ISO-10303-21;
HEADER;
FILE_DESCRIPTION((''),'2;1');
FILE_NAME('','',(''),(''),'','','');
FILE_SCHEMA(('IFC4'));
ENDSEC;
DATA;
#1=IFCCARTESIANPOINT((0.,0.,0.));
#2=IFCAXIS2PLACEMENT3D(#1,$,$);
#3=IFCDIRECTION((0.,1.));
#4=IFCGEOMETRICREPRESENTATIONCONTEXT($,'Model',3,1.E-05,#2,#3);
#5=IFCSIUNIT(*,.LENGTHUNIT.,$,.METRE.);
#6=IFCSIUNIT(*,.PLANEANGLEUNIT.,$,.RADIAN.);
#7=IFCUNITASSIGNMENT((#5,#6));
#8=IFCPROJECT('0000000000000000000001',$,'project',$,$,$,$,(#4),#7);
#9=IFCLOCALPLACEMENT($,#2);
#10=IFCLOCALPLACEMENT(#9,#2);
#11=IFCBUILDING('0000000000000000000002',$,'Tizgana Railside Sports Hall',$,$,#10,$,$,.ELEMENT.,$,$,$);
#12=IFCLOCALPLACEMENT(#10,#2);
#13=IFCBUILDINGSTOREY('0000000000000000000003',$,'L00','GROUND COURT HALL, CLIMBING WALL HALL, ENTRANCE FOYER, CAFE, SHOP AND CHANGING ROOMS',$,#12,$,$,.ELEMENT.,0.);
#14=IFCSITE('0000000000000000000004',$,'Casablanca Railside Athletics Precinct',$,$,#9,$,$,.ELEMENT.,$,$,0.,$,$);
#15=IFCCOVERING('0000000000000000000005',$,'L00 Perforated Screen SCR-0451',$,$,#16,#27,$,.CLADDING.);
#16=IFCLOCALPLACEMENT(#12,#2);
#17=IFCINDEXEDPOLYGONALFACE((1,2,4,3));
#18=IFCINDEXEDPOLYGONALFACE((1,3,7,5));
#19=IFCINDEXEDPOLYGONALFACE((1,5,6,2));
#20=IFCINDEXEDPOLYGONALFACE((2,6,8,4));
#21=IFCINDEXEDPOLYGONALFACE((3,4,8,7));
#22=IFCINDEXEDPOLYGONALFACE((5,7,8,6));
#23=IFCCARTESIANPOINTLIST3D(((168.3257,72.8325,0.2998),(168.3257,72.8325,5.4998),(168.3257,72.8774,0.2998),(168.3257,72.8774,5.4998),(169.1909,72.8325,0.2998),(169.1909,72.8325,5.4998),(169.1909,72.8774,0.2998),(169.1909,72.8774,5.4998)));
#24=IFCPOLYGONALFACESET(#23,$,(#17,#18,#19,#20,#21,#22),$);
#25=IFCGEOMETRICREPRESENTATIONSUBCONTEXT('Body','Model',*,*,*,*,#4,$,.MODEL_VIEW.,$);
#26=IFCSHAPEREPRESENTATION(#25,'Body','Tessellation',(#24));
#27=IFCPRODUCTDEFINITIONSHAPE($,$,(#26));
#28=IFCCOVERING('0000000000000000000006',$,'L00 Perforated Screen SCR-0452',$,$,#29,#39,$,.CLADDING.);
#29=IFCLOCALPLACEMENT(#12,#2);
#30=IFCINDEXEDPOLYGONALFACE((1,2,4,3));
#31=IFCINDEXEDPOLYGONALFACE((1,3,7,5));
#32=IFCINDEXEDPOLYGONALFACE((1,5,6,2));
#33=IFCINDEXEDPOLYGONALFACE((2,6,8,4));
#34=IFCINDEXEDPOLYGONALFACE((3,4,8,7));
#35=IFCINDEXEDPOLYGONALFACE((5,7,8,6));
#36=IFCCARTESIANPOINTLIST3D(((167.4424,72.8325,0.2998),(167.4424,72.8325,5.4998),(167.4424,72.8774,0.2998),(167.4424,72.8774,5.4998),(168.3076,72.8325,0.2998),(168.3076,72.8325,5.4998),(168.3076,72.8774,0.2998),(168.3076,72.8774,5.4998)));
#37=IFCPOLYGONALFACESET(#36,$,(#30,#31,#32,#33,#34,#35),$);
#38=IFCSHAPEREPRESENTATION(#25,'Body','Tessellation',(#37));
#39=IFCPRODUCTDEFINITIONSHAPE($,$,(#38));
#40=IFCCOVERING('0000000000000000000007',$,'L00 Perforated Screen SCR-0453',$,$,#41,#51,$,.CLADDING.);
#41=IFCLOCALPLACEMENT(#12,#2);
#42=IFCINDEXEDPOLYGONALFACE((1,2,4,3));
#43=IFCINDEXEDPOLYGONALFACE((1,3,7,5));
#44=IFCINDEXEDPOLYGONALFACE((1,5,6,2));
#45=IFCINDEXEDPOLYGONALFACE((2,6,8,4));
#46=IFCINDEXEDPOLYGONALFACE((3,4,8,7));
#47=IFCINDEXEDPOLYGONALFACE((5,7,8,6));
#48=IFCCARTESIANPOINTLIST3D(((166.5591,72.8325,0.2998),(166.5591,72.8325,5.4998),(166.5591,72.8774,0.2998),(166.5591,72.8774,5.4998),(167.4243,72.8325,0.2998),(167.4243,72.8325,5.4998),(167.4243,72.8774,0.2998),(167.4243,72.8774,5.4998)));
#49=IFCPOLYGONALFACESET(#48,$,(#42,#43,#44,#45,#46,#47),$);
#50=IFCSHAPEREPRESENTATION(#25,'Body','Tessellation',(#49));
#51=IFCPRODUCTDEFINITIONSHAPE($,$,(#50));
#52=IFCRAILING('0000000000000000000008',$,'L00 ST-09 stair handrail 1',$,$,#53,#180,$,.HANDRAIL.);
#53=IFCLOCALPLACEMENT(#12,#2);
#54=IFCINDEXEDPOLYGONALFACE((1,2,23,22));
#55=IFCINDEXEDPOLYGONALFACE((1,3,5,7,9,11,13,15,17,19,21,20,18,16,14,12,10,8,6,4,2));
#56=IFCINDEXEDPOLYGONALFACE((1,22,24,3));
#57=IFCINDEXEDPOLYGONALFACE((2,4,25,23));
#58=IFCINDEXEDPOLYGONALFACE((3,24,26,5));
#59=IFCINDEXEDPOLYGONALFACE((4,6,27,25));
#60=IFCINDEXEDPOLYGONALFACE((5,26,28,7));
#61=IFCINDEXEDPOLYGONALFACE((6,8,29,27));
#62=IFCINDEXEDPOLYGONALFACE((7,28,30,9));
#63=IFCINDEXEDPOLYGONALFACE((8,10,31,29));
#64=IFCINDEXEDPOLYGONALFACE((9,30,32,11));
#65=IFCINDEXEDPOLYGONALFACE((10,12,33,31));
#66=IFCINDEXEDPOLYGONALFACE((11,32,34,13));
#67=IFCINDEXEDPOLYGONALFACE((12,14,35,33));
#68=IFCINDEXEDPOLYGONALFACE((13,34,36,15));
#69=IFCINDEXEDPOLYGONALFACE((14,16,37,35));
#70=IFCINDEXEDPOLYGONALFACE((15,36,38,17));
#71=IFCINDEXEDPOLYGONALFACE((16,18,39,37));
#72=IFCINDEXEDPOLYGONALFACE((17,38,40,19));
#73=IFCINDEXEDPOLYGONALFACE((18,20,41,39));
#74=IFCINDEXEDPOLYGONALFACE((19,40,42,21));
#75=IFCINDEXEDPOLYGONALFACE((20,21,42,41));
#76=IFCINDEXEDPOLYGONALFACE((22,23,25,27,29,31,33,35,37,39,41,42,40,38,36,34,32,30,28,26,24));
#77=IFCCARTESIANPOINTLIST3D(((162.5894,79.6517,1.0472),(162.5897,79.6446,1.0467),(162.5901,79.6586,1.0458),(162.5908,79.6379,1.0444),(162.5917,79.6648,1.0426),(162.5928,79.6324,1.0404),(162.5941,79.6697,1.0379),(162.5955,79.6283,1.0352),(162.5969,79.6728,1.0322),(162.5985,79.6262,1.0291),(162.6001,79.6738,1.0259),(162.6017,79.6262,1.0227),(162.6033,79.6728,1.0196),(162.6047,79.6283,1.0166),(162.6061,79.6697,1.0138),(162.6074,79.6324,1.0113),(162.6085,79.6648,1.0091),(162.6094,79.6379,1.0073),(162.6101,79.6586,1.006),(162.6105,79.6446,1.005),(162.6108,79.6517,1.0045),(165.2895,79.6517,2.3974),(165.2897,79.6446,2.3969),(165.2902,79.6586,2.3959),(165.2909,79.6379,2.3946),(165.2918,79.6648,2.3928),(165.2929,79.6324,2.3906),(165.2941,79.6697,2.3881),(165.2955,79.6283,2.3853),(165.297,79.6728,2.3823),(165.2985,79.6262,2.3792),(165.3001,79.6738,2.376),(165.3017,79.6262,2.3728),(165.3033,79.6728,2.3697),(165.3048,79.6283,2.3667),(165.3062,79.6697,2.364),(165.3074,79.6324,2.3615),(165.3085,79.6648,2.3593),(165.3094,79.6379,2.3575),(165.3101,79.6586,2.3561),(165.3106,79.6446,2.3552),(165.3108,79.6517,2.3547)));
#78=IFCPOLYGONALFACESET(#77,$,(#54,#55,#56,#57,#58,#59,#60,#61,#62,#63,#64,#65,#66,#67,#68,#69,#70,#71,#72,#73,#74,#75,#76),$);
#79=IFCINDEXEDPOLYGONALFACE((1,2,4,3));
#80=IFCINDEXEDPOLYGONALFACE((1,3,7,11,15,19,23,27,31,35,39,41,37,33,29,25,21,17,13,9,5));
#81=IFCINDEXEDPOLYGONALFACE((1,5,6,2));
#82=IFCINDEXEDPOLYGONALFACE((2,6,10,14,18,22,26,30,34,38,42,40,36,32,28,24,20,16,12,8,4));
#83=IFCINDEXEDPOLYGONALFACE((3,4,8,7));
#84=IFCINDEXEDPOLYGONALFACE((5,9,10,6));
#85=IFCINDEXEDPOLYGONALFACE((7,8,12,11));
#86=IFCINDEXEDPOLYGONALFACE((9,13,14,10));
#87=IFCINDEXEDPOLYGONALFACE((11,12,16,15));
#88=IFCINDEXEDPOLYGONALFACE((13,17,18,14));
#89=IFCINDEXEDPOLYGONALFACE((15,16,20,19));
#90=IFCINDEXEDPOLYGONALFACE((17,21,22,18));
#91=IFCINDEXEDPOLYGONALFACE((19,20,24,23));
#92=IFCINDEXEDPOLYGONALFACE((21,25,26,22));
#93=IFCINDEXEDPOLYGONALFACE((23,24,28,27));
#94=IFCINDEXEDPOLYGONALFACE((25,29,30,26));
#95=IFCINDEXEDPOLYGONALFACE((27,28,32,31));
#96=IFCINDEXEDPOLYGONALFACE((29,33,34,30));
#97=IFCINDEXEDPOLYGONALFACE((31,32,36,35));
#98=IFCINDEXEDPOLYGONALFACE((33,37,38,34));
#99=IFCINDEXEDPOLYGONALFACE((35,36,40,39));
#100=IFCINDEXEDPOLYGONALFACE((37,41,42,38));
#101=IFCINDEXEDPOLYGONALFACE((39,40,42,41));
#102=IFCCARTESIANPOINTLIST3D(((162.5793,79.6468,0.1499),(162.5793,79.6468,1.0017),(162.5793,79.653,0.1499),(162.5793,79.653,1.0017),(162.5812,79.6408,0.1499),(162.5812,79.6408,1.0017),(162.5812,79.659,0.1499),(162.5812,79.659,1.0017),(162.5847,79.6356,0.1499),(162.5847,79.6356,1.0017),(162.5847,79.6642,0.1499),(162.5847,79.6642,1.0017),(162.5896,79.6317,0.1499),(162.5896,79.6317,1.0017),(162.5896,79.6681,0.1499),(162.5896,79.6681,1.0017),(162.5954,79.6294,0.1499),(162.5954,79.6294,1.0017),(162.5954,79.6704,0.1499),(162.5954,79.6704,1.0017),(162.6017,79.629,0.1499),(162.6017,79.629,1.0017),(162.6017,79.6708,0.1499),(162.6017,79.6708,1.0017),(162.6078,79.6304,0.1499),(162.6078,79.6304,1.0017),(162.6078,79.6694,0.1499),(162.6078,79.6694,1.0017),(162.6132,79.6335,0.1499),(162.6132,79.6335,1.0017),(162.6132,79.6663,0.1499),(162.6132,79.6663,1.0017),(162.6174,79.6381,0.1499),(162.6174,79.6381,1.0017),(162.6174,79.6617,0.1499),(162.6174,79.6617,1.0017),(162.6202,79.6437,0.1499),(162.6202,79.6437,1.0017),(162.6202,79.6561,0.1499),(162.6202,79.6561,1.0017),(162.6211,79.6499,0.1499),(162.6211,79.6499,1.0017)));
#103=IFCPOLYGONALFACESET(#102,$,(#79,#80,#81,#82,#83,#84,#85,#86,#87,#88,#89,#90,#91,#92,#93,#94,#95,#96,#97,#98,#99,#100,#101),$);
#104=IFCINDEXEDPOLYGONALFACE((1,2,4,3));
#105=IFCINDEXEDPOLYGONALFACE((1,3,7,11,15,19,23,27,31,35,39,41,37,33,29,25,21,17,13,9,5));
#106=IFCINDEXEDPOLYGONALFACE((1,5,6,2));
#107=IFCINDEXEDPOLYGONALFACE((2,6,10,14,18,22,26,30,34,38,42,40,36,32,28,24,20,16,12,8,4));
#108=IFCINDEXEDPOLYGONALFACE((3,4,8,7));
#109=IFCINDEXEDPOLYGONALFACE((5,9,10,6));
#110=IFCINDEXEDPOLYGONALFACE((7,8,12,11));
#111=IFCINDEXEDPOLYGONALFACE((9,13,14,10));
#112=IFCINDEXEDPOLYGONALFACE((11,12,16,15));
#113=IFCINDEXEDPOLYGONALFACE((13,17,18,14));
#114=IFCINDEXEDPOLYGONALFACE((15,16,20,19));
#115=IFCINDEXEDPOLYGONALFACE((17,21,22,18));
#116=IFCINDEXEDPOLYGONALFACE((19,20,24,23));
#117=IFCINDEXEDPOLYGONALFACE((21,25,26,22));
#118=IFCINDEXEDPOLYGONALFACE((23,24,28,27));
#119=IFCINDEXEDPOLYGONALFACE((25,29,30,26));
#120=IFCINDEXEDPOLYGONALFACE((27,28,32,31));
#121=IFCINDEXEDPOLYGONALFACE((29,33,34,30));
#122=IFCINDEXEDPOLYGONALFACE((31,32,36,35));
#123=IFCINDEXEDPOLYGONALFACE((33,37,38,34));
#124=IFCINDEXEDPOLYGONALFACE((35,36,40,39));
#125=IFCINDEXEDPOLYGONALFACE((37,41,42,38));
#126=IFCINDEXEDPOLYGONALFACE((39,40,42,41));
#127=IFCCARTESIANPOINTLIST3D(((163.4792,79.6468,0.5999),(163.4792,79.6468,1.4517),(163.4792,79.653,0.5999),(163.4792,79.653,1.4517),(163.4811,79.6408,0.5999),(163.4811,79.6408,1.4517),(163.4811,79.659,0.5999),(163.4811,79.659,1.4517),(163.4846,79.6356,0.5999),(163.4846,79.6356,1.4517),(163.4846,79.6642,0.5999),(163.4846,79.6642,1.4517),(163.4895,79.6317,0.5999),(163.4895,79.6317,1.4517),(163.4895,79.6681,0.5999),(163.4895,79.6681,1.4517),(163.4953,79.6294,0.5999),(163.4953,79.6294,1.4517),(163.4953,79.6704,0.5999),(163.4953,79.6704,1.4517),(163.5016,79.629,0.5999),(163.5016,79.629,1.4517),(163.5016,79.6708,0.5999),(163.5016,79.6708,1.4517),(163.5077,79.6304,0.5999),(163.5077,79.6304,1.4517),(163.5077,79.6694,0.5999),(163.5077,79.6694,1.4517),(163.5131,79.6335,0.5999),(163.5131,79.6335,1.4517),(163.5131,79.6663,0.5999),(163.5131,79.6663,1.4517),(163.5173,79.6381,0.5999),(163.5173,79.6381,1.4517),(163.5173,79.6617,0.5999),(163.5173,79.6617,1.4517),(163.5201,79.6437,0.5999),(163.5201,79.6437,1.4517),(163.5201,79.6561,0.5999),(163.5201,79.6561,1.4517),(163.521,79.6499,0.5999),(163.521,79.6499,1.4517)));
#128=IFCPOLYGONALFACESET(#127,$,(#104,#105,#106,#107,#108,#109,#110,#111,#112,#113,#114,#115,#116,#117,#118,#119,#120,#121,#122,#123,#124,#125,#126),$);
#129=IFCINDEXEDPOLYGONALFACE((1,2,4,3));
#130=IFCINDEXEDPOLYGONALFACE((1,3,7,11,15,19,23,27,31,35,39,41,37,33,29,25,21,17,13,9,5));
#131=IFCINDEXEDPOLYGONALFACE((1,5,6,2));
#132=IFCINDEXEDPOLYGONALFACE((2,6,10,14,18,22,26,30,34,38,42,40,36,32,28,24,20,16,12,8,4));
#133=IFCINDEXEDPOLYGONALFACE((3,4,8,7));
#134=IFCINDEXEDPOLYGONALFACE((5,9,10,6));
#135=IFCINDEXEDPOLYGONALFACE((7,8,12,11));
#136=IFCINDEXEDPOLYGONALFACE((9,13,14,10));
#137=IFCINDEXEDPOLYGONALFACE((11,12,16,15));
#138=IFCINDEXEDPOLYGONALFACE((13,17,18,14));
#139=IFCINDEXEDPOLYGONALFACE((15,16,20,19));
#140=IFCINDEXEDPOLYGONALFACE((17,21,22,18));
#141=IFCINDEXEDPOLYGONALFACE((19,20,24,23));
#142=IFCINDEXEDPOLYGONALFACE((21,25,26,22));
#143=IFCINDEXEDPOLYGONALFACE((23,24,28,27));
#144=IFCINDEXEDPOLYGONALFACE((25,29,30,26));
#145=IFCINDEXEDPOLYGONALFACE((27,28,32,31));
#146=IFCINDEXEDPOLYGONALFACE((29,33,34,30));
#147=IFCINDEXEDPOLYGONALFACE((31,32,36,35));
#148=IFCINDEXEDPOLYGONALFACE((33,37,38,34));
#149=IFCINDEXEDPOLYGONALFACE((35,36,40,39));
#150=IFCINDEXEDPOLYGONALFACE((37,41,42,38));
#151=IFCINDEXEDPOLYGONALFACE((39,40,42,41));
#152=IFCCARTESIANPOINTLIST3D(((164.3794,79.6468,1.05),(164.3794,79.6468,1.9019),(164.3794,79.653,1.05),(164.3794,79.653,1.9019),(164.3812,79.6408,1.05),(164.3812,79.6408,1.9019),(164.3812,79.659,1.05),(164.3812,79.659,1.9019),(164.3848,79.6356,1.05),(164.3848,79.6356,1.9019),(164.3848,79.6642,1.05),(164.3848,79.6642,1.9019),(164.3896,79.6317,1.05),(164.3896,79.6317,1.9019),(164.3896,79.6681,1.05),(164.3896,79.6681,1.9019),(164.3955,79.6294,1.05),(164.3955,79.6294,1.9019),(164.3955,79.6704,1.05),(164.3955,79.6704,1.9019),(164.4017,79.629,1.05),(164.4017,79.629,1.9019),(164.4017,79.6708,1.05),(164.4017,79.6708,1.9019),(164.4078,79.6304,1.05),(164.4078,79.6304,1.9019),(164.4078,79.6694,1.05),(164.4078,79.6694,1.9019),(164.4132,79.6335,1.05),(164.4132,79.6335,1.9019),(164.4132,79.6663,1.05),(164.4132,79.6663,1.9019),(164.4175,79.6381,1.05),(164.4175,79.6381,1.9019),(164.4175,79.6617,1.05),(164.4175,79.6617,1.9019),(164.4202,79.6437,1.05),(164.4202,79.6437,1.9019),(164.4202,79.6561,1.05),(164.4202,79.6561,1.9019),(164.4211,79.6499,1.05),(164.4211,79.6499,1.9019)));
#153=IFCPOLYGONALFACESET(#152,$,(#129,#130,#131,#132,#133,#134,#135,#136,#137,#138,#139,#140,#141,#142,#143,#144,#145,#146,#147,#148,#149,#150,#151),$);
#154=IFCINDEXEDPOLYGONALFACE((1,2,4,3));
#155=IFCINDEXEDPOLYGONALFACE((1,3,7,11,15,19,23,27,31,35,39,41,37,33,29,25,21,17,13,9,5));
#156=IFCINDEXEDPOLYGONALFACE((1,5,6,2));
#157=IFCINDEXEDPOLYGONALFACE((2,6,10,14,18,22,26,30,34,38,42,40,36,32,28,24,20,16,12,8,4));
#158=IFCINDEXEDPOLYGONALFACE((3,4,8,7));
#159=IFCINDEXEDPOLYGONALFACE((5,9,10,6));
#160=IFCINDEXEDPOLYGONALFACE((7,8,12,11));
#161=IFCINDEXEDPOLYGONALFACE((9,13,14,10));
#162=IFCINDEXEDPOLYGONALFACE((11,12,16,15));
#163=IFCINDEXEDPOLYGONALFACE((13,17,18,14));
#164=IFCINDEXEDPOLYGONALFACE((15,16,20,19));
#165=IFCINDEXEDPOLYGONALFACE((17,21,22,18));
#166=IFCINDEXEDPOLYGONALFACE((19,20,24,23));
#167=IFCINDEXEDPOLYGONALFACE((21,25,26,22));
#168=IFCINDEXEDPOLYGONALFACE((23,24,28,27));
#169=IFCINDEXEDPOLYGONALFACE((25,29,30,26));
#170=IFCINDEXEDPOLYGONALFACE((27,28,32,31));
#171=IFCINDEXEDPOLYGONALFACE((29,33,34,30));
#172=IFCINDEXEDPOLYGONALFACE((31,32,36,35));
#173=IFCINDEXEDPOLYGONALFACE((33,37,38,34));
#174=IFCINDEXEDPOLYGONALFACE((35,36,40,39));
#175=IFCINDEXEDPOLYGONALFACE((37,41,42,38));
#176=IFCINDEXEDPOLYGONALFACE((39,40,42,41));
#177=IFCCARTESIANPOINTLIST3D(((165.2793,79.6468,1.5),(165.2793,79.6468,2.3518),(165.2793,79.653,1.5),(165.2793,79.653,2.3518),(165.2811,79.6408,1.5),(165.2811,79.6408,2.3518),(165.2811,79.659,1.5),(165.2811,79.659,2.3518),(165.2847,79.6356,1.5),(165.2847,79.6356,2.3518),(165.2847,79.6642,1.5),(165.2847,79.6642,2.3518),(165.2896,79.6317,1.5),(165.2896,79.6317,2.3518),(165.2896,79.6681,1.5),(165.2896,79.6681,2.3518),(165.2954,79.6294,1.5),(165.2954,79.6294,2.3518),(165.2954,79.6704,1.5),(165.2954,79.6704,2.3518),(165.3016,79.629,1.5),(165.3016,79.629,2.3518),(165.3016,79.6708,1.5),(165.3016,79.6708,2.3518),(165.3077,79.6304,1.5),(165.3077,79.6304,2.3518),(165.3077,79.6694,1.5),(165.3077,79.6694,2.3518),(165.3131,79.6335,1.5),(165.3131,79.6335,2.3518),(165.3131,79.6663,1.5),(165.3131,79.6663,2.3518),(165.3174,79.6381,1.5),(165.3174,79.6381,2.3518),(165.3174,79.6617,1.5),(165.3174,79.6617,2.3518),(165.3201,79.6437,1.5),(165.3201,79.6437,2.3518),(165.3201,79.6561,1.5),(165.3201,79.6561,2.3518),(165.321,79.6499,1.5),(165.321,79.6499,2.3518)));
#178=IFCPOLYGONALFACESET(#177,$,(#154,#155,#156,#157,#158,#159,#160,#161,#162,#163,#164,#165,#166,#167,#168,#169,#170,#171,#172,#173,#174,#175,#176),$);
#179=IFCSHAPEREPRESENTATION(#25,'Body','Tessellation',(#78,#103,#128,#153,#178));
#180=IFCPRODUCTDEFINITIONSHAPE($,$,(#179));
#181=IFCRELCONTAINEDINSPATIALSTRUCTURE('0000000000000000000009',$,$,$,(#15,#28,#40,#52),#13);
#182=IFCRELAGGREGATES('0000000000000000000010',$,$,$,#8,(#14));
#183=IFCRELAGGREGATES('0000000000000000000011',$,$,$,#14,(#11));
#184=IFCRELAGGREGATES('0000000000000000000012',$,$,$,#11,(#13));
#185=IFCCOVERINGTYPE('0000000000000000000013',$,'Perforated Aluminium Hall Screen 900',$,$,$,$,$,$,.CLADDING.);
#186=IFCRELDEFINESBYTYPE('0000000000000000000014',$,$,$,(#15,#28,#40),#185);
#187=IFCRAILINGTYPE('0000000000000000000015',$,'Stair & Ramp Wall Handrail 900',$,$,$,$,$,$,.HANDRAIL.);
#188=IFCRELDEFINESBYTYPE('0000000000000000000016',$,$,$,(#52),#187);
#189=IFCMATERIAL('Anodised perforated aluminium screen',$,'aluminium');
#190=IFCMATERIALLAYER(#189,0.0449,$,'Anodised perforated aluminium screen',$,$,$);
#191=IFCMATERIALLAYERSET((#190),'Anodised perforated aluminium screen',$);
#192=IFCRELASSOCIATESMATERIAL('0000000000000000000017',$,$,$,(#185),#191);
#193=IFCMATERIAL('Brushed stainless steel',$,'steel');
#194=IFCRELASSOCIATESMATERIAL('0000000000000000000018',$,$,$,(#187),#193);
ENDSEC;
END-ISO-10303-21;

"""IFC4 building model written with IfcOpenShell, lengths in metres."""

from ifc_helpers import new_model, si_unit, direction, frame, origin, origin_2d, place, context, subcontext, project, spatial, rectangle, circle, extrude, material, layer, layer_set, type_object, element, save


model = new_model("IFC4")

# Units and contexts
model_context = context("Model", 3, precision=1e-05, world=origin(), true_north=direction((0.0, 1.0)))
body_context = subcontext(model_context, "Body", "Model", "MODEL_VIEW")
ifc_project = project(units=[si_unit("LENGTHUNIT", "METRE"), si_unit("PLANEANGLEUNIT", "RADIAN")], contexts=[model_context])

# Site, building, storey
site_placement = place(None, origin())
site = spatial("IfcSite", under=ifc_project, at=site_placement, Name="Casablanca Railside Athletics Precinct", CompositionType="ELEMENT", RefElevation=0.0)
building_placement = place(site_placement, origin())
building = spatial("IfcBuilding", under=site, at=building_placement, Name="Tizgana Railside Sports Hall", CompositionType="ELEMENT")
storey_placement = place(building_placement, origin())
storey = spatial("IfcBuildingStorey", under=building, at=storey_placement, Name="L00", Description="GROUND COURT HALL, CLIMBING WALL HALL, ENTRANCE FOYER, CAFE, SHOP AND CHANGING ROOMS", CompositionType="ELEMENT", Elevation=0.0)

# Coverings
ifc_material_1 = material(Name="Anodised perforated aluminium screen", Category="aluminium")
ifc_layer_1 = layer(ifc_material_1, 0.0449, Name="Anodised perforated aluminium screen")
ifc_layer_set_1 = layer_set([ifc_layer_1], Name="Anodised perforated aluminium screen")
covering_type = type_object("IfcCoveringType", Name="Perforated Aluminium Hall Screen 900", PredefinedType="CLADDING", material=ifc_layer_set_1)
for number, where, z_axis, x_axis, name in (
    (1, (168.7583, 72.855, 0.2998), (0.0, 0.0, 1.0), (-1.0, 0.0, 0.0), "L00 Perforated Screen SCR-0451"),
    (2, (167.875, 72.855, 0.2998), (0.0, 0.0, 1.0), (-1.0, 0.0, 0.0), "L00 Perforated Screen SCR-0452"),
    (3, (166.9917, 72.855, 0.2998), (0.0, 0.0, 1.0), (-1.0, 0.0, 0.0), "L00 Perforated Screen SCR-0453"),
):
    element("IfcCovering", number, at=place(storey_placement, frame(where, z_axis=z_axis, x_axis=x_axis)), inside=storey, type_object=covering_type, Name=name, PredefinedType="CLADDING", context=body_context, shape_type="SweptSolid", body=[
        extrude(rectangle(XDim=0.8652, YDim=0.0449, at=origin_2d()), origin(), (0.0, 0.0, 1.0), 5.2),
    ])

# Railing
ifc_material_2 = material(Name="Brushed stainless steel", Category="steel")
railing_type = type_object("IfcRailingType", Name="Stair & Ramp Wall Handrail 900", PredefinedType="HANDRAIL", material=ifc_material_2)
for number, where, name in (
    (4, (162.6001, 79.6499, 0.1499), "L00 ST-09 stair handrail 1"),
):
    element("IfcRailing", number, at=place(storey_placement, frame(where)), inside=storey, type_object=railing_type, Name=name, PredefinedType="HANDRAIL", context=body_context, shape_type="SweptSolid", body=[
        extrude(circle(Radius=0.0239, at=origin_2d()), frame((0.0, 0.0, 0.876), z_axis=(0.894411, 0.0, 0.447246), x_axis=(0.0, 1.0, 0.0)), (0.0, 0.0, 1.0), 3.0188),
        extrude(circle(Radius=0.021, at=origin_2d()), origin(), (0.0, 0.0, 1.0), 0.8518),
        extrude(circle(Radius=0.021, at=origin_2d()), frame((0.8999, 0.0, 0.45)), (0.0, 0.0, 1.0), 0.8518),
        extrude(circle(Radius=0.021, at=origin_2d()), frame((1.8, 0.0, 0.9001)), (0.0, 0.0, 1.0), 0.8518),
        extrude(circle(Radius=0.021, at=origin_2d()), frame((2.7, 0.0, 1.3501)), (0.0, 0.0, 1.0), 0.8518),
    ])

save(model, "model.ifc")
